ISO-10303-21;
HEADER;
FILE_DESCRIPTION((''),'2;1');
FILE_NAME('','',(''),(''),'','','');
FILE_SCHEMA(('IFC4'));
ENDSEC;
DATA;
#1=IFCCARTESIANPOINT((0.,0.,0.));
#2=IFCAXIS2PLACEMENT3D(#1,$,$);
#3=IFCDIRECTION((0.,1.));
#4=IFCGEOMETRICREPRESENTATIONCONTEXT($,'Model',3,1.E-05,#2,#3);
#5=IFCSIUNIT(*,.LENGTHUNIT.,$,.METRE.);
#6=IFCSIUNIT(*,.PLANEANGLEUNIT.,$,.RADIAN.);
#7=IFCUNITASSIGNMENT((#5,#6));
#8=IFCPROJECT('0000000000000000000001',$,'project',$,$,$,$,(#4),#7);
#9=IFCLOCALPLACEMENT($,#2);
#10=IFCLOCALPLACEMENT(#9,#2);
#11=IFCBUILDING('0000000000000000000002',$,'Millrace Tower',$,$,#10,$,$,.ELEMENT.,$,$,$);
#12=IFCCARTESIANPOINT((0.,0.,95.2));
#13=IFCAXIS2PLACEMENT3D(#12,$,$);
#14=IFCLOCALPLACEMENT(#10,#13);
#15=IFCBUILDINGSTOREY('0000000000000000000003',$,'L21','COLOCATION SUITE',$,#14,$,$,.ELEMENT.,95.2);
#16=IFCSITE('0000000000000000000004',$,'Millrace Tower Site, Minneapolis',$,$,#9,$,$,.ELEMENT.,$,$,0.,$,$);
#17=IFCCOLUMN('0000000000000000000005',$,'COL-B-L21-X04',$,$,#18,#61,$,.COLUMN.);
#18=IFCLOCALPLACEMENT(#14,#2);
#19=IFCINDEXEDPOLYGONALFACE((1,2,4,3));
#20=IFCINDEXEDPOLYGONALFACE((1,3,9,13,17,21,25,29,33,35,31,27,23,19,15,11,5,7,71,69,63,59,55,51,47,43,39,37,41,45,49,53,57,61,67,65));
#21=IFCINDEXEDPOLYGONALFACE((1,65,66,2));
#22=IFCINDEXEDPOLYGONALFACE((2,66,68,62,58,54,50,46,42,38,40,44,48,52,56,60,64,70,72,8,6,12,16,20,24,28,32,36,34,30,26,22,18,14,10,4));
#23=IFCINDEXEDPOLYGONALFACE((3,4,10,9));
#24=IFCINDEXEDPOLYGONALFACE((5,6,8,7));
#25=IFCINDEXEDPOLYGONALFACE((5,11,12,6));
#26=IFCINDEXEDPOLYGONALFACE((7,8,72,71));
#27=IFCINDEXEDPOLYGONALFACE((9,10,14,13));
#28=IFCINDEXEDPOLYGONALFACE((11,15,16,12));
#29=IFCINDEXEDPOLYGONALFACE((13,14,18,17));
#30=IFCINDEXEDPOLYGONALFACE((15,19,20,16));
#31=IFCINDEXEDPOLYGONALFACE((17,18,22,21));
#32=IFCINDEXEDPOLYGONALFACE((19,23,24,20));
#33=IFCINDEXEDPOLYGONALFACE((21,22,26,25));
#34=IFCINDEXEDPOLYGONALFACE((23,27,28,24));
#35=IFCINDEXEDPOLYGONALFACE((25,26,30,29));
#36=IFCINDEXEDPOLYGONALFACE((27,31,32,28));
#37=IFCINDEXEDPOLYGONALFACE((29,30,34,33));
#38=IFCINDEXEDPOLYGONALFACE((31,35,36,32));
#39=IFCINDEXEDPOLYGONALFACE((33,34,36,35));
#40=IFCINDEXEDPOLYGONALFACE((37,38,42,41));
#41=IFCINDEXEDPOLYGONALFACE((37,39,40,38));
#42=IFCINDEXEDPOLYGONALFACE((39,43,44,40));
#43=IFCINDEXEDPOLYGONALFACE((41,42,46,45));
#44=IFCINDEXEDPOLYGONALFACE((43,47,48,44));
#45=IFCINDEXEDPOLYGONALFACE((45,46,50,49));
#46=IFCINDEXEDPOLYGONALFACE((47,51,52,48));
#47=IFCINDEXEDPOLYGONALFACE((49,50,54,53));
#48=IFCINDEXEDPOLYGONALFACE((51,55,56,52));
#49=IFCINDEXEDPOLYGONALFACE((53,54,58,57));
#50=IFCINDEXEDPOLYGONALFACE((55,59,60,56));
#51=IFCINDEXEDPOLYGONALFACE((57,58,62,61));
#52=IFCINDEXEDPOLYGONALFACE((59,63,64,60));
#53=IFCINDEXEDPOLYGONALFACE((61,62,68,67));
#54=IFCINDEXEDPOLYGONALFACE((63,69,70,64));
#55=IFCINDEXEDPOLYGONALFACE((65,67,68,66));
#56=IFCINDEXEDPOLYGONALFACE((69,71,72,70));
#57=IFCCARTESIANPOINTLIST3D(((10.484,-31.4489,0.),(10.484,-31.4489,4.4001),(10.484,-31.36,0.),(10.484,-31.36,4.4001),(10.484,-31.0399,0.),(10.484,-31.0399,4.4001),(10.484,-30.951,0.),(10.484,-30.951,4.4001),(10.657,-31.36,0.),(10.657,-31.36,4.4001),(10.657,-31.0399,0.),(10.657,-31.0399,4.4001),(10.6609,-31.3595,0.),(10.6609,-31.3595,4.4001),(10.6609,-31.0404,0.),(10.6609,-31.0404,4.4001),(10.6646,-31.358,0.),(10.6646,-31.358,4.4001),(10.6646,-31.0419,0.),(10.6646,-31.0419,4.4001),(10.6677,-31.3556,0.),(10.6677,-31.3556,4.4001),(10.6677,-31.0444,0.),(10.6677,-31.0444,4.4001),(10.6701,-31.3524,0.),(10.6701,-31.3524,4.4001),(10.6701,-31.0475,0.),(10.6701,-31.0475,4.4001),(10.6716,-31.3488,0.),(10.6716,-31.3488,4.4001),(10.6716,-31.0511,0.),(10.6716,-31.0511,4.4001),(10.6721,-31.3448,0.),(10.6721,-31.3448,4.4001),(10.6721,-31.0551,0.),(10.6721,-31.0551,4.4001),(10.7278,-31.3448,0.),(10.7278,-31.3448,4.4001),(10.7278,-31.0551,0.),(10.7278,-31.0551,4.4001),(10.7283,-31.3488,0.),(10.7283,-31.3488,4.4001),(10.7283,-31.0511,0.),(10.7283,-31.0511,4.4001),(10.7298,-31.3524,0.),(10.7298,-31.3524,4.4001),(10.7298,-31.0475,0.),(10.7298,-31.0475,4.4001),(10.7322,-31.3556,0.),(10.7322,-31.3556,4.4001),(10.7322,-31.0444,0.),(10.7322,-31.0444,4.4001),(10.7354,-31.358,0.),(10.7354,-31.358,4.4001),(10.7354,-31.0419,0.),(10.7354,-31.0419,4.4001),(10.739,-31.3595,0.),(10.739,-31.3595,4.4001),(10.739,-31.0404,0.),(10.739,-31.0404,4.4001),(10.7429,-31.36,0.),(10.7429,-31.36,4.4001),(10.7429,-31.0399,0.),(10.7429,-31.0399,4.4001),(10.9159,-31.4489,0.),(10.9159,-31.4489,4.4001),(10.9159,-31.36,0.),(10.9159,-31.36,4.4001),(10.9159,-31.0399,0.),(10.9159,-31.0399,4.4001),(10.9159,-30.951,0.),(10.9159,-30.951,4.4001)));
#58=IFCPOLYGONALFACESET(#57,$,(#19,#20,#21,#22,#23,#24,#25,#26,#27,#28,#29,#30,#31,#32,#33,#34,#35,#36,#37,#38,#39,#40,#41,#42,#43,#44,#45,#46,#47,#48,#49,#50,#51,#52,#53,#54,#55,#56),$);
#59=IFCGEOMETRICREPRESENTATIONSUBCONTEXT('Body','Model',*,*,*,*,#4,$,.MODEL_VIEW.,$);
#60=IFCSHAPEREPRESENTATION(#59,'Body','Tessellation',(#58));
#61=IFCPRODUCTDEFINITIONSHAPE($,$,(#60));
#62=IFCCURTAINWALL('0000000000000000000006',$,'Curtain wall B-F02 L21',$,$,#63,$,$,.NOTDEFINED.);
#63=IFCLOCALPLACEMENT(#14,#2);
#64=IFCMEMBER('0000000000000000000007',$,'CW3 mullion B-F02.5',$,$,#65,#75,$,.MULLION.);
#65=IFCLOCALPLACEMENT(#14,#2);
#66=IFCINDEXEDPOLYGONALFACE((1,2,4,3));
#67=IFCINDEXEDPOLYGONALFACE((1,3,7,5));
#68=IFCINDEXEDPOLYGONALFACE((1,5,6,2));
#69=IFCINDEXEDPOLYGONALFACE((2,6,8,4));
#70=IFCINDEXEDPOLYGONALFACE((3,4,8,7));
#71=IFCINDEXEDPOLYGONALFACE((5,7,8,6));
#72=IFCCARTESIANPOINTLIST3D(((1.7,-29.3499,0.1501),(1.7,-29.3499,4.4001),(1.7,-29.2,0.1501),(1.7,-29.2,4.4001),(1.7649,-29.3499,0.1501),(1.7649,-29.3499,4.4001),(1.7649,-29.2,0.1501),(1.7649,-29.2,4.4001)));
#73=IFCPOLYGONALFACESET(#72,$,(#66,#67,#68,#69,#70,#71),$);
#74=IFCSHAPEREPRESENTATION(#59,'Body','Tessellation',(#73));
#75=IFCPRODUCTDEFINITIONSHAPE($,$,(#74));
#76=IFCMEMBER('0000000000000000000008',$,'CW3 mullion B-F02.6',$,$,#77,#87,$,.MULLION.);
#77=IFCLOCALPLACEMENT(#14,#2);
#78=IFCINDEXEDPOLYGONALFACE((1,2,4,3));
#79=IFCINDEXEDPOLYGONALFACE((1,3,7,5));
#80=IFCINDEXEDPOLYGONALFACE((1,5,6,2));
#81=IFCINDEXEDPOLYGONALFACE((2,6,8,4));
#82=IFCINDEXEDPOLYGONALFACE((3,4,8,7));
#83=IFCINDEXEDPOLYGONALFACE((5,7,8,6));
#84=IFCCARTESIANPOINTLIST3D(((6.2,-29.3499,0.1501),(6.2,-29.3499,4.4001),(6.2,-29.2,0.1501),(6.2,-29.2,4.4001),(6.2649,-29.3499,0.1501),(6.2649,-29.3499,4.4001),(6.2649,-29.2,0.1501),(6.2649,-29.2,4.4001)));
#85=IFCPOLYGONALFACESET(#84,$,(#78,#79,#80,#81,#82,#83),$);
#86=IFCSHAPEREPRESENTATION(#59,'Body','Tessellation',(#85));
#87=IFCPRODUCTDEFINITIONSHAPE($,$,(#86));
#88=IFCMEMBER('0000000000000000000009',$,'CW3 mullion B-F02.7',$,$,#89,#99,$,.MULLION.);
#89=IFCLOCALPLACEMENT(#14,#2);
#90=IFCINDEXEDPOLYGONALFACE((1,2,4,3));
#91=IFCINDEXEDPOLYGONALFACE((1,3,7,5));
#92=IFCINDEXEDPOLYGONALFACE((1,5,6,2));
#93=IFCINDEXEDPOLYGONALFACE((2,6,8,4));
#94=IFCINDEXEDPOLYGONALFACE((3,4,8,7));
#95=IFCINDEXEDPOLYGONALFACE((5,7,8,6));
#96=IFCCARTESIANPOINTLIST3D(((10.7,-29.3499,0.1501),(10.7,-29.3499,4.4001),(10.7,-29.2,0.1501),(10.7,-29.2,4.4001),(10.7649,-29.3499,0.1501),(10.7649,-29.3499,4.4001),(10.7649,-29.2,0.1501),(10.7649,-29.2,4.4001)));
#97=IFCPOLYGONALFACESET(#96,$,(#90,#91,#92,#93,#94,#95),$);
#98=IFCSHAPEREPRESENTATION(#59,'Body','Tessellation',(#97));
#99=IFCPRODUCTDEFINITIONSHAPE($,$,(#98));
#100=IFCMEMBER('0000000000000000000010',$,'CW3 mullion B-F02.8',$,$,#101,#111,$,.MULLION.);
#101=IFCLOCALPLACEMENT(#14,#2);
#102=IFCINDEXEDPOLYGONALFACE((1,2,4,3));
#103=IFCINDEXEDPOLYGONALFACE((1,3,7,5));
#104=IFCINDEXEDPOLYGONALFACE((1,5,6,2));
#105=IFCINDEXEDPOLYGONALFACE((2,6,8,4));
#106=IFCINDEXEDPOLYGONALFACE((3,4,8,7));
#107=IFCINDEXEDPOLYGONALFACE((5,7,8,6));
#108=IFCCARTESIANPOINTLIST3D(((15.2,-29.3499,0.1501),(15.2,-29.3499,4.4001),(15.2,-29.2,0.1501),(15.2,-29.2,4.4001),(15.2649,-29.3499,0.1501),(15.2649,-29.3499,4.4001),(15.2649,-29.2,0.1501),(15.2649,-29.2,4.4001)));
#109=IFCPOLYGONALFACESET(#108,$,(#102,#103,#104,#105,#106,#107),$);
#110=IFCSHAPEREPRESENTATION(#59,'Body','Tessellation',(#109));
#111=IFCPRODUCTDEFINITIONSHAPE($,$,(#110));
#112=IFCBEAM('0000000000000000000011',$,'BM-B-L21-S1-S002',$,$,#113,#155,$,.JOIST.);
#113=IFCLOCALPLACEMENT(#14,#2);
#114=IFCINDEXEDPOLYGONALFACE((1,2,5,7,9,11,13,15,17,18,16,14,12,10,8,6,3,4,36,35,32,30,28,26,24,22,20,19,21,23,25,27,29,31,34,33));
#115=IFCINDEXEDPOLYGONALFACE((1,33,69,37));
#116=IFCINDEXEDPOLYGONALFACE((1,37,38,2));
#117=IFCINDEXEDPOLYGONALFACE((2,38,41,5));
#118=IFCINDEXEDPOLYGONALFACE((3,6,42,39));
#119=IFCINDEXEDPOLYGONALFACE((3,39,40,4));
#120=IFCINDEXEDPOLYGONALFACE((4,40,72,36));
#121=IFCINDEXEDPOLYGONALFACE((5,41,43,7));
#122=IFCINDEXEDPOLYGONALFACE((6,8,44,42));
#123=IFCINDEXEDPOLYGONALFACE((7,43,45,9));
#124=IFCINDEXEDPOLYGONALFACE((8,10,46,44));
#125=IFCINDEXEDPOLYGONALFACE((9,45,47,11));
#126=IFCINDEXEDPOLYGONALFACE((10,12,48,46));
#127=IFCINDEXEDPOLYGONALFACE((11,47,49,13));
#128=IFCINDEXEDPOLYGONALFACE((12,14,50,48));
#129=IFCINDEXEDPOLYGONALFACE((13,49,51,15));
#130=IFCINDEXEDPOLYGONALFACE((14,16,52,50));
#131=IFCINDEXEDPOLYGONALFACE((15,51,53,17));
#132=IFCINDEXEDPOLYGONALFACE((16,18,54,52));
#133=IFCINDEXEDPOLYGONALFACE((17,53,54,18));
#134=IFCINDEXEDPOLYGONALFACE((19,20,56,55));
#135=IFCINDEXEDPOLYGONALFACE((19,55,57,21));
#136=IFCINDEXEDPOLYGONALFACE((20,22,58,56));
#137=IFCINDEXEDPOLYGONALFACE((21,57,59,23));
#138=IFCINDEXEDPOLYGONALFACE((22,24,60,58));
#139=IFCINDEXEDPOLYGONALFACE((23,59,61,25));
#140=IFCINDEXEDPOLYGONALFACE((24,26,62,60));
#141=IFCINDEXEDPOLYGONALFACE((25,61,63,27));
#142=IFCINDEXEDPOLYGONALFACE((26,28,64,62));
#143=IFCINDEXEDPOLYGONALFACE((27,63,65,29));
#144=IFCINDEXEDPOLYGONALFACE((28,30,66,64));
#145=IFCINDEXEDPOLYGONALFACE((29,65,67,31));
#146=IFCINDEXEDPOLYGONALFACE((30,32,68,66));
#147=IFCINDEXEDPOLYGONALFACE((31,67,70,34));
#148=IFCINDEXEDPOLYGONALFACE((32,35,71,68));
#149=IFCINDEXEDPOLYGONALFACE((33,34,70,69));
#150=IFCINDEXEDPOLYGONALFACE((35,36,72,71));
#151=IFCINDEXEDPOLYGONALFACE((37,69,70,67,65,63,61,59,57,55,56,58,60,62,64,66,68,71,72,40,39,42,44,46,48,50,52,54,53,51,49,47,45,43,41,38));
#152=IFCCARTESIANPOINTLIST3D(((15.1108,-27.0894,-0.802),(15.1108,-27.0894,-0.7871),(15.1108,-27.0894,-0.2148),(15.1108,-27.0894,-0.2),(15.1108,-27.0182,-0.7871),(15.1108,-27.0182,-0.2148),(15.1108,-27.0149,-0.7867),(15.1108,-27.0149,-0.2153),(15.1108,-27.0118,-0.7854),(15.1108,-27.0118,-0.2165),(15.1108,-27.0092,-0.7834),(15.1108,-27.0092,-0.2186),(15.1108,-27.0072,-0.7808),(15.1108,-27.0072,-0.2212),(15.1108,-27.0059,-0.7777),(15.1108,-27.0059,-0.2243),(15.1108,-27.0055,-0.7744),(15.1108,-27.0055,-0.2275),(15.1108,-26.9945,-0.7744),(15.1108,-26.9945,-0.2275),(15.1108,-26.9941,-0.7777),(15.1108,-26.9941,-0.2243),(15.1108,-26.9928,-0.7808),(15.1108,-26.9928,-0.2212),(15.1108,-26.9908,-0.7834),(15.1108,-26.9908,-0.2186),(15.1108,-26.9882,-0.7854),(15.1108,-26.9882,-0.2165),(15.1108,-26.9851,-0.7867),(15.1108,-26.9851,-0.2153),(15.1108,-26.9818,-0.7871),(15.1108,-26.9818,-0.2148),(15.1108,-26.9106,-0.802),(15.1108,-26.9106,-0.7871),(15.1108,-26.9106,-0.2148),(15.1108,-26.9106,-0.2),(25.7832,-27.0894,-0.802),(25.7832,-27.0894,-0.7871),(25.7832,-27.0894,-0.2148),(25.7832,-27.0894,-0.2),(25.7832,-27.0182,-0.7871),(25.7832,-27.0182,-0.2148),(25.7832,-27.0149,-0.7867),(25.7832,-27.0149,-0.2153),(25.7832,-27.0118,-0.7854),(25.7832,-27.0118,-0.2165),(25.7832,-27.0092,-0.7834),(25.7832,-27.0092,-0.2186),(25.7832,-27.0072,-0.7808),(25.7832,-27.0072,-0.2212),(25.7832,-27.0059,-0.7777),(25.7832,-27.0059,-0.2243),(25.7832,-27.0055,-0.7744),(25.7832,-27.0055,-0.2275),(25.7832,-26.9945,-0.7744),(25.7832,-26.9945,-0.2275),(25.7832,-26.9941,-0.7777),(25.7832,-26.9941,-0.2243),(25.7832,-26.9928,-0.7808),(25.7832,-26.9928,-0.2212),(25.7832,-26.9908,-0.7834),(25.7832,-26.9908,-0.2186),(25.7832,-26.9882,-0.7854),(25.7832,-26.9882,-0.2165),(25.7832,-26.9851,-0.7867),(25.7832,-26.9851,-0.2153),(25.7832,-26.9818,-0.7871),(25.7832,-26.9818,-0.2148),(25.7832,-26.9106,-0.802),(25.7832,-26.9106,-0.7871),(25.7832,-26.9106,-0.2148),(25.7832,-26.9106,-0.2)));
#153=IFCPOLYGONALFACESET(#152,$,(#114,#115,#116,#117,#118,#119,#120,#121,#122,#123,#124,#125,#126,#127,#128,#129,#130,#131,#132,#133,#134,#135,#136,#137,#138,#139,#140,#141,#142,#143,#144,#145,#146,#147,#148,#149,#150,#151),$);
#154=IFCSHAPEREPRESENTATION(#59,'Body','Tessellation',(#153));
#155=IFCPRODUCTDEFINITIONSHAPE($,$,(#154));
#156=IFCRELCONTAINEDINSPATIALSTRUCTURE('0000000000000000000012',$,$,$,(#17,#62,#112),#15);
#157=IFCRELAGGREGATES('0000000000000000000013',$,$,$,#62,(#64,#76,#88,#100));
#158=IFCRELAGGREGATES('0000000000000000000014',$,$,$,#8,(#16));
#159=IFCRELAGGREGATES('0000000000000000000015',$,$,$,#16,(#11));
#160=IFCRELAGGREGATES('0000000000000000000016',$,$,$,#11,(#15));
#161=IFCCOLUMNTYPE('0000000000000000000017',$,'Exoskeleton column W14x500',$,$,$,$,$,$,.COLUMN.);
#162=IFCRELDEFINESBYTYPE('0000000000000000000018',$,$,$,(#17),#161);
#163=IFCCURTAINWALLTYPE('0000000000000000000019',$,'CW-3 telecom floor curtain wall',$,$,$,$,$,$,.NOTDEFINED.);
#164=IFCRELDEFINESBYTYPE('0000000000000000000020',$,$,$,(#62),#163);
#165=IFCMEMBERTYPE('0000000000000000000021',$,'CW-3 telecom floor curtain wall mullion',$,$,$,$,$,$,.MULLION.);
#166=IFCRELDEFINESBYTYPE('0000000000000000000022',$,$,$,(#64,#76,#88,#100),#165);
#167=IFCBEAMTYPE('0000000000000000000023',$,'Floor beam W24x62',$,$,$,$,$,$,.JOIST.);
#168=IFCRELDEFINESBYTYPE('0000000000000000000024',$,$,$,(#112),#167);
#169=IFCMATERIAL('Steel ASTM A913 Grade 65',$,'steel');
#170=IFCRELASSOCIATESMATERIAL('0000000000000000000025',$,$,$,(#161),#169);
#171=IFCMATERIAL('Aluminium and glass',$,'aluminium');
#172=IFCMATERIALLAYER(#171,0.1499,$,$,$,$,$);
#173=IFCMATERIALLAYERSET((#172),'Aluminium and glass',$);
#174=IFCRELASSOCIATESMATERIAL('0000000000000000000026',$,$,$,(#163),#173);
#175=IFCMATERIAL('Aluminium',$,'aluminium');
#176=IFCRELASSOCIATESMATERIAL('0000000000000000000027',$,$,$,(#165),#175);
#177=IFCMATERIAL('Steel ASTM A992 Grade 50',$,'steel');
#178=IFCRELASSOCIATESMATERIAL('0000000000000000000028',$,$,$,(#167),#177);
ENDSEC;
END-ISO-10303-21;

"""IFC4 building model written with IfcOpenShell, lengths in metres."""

from ifc_helpers import new_model, si_unit, direction, frame, origin, origin_2d, place, context, subcontext, project, spatial, rectangle, i_section, extrude, material, layer, layer_set, material_profile, profile_set, type_object, element, aggregate, save


model = new_model("IFC4")

# Units and contexts
model_context = context("Model", 3, precision=1e-05, world=origin(), true_north=direction((0.0, 1.0)))
body_context = subcontext(model_context, "Body", "Model", "MODEL_VIEW")
ifc_project = project(units=[si_unit("LENGTHUNIT", "METRE"), si_unit("PLANEANGLEUNIT", "RADIAN")], contexts=[model_context])

# Site, building, storey
site_placement = place(None, origin())
site = spatial("IfcSite", under=ifc_project, at=site_placement, Name="Millrace Tower Site, Minneapolis", CompositionType="ELEMENT", RefElevation=0.0)
building_placement = place(site_placement, origin())
building = spatial("IfcBuilding", under=site, at=building_placement, Name="Millrace Tower", CompositionType="ELEMENT")
storey_placement = place(building_placement, frame((0.0, 0.0, 95.2)))
storey = spatial("IfcBuildingStorey", under=building, at=storey_placement, Name="L21", Description="COLOCATION SUITE", CompositionType="ELEMENT", Elevation=95.2)

# Column
ifc_material_1 = material(Name="Steel ASTM A913 Grade 65", Category="steel")
ifc_material_profile_1 = material_profile(ifc_material_1, i_section(OverallWidth=0.4319, OverallDepth=0.4978, WebThickness=0.0557, FlangeThickness=0.0889, FilletRadius=0.0151, at=origin_2d()))
ifc_profile_set_1 = profile_set([ifc_material_profile_1], Name="Steel ASTM A913 Grade 65")
column_type = type_object("IfcColumnType", Name="Exoskeleton column W14x500", PredefinedType="COLUMN", material=ifc_profile_set_1)
column_placement = place(storey_placement, frame((10.7, -31.2, 0.0), z_axis=(0.0, 0.0, 1.0), x_axis=(1.0, 0.0, 0.0)))
element("IfcColumn", 1, at=column_placement, inside=storey, type_object=column_type, Name="COL-B-L21-X04", PredefinedType="COLUMN", context=body_context, shape_type="SweptSolid", body=[
    extrude(i_section(OverallWidth=0.4319, OverallDepth=0.4978, WebThickness=0.0557, FlangeThickness=0.0889, FilletRadius=0.0151, at=origin_2d()), origin(), (0.0, 0.0, 1.0), 4.4001),
])

# Curtain wall, members
ifc_material_2 = material(Name="Aluminium and glass", Category="aluminium")
ifc_layer_1 = layer(ifc_material_2, 0.1499)
ifc_layer_set_1 = layer_set([ifc_layer_1], Name="Aluminium and glass")
curtain_wall_type = type_object("IfcCurtainWallType", Name="CW-3 telecom floor curtain wall", PredefinedType="NOTDEFINED", material=ifc_layer_set_1)
curtain_wall_placement = place(storey_placement, origin())
curtain_wall = element("IfcCurtainWall", 2, at=curtain_wall_placement, inside=storey, type_object=curtain_wall_type, Name="Curtain wall B-F02 L21", PredefinedType="NOTDEFINED")
ifc_material_3 = material(Name="Aluminium", Category="aluminium")
ifc_material_profile_2 = material_profile(ifc_material_3, rectangle(XDim=0.0649, YDim=0.1499, at=origin_2d()))
ifc_profile_set_2 = profile_set([ifc_material_profile_2], Name="Aluminium")
member_type = type_object("IfcMemberType", Name="CW-3 telecom floor curtain wall mullion", PredefinedType="MULLION", material=ifc_profile_set_2)
member_1_placement = place(storey_placement, frame((1.7324, -29.2749, 0.1501), z_axis=(0.0, 0.0, 1.0), x_axis=(1.0, 0.0, 0.0)))
member_1 = element("IfcMember", 3, at=member_1_placement, type_object=member_type, Name="CW3 mullion B-F02.5", PredefinedType="MULLION", context=body_context, shape_type="SweptSolid", body=[
    extrude(rectangle(XDim=0.0649, YDim=0.1499, at=origin_2d()), origin(), (0.0, 0.0, 1.0), 4.25),
])
member_2_placement = place(storey_placement, frame((6.2324, -29.2749, 0.1501), z_axis=(0.0, 0.0, 1.0), x_axis=(1.0, 0.0, 0.0)))
member_2 = element("IfcMember", 4, at=member_2_placement, type_object=member_type, Name="CW3 mullion B-F02.6", PredefinedType="MULLION", context=body_context, shape_type="SweptSolid", body=[
    extrude(rectangle(XDim=0.0649, YDim=0.1499, at=origin_2d()), origin(), (0.0, 0.0, 1.0), 4.25),
])
member_3_placement = place(storey_placement, frame((10.7324, -29.2749, 0.1501), z_axis=(0.0, 0.0, 1.0), x_axis=(1.0, 0.0, 0.0)))
member_3 = element("IfcMember", 5, at=member_3_placement, type_object=member_type, Name="CW3 mullion B-F02.7", PredefinedType="MULLION", context=body_context, shape_type="SweptSolid", body=[
    extrude(rectangle(XDim=0.0649, YDim=0.1499, at=origin_2d()), origin(), (0.0, 0.0, 1.0), 4.25),
])
member_4_placement = place(storey_placement, frame((15.2324, -29.2749, 0.1501), z_axis=(0.0, 0.0, 1.0), x_axis=(1.0, 0.0, 0.0)))
member_4 = element("IfcMember", 6, at=member_4_placement, type_object=member_type, Name="CW3 mullion B-F02.8", PredefinedType="MULLION", context=body_context, shape_type="SweptSolid", body=[
    extrude(rectangle(XDim=0.0649, YDim=0.1499, at=origin_2d()), origin(), (0.0, 0.0, 1.0), 4.25),
])
aggregate(curtain_wall, [member_1, member_2, member_3, member_4])

# Beam
ifc_material_4 = material(Name="Steel ASTM A992 Grade 50", Category="steel")
ifc_material_profile_3 = material_profile(ifc_material_4, i_section(OverallWidth=0.1787, OverallDepth=0.6021, WebThickness=0.011, FlangeThickness=0.0149, FilletRadius=0.0127, at=origin_2d()))
ifc_profile_set_3 = profile_set([ifc_material_profile_3], Name="Steel ASTM A992 Grade 50")
beam_type_1 = type_object("IfcBeamType", Name="Floor beam W24x62", PredefinedType="JOIST", material=ifc_profile_set_3)
beam_1_placement = place(storey_placement, frame((15.1108, -27.0, -0.501), z_axis=(1.0, 0.0, 0.0), x_axis=(0.0, 1.0, 0.0)))
element("IfcBeam", 7, at=beam_1_placement, inside=storey, type_object=beam_type_1, Name="BM-B-L21-S1-S002", PredefinedType="JOIST", context=body_context, shape_type="SweptSolid", body=[
    extrude(i_section(OverallWidth=0.1787, OverallDepth=0.6021, WebThickness=0.011, FlangeThickness=0.0149, FilletRadius=0.0127, at=origin_2d()), origin(), (0.0, 0.0, 1.0), 10.6724),
])

save(model, "model.ifc")
